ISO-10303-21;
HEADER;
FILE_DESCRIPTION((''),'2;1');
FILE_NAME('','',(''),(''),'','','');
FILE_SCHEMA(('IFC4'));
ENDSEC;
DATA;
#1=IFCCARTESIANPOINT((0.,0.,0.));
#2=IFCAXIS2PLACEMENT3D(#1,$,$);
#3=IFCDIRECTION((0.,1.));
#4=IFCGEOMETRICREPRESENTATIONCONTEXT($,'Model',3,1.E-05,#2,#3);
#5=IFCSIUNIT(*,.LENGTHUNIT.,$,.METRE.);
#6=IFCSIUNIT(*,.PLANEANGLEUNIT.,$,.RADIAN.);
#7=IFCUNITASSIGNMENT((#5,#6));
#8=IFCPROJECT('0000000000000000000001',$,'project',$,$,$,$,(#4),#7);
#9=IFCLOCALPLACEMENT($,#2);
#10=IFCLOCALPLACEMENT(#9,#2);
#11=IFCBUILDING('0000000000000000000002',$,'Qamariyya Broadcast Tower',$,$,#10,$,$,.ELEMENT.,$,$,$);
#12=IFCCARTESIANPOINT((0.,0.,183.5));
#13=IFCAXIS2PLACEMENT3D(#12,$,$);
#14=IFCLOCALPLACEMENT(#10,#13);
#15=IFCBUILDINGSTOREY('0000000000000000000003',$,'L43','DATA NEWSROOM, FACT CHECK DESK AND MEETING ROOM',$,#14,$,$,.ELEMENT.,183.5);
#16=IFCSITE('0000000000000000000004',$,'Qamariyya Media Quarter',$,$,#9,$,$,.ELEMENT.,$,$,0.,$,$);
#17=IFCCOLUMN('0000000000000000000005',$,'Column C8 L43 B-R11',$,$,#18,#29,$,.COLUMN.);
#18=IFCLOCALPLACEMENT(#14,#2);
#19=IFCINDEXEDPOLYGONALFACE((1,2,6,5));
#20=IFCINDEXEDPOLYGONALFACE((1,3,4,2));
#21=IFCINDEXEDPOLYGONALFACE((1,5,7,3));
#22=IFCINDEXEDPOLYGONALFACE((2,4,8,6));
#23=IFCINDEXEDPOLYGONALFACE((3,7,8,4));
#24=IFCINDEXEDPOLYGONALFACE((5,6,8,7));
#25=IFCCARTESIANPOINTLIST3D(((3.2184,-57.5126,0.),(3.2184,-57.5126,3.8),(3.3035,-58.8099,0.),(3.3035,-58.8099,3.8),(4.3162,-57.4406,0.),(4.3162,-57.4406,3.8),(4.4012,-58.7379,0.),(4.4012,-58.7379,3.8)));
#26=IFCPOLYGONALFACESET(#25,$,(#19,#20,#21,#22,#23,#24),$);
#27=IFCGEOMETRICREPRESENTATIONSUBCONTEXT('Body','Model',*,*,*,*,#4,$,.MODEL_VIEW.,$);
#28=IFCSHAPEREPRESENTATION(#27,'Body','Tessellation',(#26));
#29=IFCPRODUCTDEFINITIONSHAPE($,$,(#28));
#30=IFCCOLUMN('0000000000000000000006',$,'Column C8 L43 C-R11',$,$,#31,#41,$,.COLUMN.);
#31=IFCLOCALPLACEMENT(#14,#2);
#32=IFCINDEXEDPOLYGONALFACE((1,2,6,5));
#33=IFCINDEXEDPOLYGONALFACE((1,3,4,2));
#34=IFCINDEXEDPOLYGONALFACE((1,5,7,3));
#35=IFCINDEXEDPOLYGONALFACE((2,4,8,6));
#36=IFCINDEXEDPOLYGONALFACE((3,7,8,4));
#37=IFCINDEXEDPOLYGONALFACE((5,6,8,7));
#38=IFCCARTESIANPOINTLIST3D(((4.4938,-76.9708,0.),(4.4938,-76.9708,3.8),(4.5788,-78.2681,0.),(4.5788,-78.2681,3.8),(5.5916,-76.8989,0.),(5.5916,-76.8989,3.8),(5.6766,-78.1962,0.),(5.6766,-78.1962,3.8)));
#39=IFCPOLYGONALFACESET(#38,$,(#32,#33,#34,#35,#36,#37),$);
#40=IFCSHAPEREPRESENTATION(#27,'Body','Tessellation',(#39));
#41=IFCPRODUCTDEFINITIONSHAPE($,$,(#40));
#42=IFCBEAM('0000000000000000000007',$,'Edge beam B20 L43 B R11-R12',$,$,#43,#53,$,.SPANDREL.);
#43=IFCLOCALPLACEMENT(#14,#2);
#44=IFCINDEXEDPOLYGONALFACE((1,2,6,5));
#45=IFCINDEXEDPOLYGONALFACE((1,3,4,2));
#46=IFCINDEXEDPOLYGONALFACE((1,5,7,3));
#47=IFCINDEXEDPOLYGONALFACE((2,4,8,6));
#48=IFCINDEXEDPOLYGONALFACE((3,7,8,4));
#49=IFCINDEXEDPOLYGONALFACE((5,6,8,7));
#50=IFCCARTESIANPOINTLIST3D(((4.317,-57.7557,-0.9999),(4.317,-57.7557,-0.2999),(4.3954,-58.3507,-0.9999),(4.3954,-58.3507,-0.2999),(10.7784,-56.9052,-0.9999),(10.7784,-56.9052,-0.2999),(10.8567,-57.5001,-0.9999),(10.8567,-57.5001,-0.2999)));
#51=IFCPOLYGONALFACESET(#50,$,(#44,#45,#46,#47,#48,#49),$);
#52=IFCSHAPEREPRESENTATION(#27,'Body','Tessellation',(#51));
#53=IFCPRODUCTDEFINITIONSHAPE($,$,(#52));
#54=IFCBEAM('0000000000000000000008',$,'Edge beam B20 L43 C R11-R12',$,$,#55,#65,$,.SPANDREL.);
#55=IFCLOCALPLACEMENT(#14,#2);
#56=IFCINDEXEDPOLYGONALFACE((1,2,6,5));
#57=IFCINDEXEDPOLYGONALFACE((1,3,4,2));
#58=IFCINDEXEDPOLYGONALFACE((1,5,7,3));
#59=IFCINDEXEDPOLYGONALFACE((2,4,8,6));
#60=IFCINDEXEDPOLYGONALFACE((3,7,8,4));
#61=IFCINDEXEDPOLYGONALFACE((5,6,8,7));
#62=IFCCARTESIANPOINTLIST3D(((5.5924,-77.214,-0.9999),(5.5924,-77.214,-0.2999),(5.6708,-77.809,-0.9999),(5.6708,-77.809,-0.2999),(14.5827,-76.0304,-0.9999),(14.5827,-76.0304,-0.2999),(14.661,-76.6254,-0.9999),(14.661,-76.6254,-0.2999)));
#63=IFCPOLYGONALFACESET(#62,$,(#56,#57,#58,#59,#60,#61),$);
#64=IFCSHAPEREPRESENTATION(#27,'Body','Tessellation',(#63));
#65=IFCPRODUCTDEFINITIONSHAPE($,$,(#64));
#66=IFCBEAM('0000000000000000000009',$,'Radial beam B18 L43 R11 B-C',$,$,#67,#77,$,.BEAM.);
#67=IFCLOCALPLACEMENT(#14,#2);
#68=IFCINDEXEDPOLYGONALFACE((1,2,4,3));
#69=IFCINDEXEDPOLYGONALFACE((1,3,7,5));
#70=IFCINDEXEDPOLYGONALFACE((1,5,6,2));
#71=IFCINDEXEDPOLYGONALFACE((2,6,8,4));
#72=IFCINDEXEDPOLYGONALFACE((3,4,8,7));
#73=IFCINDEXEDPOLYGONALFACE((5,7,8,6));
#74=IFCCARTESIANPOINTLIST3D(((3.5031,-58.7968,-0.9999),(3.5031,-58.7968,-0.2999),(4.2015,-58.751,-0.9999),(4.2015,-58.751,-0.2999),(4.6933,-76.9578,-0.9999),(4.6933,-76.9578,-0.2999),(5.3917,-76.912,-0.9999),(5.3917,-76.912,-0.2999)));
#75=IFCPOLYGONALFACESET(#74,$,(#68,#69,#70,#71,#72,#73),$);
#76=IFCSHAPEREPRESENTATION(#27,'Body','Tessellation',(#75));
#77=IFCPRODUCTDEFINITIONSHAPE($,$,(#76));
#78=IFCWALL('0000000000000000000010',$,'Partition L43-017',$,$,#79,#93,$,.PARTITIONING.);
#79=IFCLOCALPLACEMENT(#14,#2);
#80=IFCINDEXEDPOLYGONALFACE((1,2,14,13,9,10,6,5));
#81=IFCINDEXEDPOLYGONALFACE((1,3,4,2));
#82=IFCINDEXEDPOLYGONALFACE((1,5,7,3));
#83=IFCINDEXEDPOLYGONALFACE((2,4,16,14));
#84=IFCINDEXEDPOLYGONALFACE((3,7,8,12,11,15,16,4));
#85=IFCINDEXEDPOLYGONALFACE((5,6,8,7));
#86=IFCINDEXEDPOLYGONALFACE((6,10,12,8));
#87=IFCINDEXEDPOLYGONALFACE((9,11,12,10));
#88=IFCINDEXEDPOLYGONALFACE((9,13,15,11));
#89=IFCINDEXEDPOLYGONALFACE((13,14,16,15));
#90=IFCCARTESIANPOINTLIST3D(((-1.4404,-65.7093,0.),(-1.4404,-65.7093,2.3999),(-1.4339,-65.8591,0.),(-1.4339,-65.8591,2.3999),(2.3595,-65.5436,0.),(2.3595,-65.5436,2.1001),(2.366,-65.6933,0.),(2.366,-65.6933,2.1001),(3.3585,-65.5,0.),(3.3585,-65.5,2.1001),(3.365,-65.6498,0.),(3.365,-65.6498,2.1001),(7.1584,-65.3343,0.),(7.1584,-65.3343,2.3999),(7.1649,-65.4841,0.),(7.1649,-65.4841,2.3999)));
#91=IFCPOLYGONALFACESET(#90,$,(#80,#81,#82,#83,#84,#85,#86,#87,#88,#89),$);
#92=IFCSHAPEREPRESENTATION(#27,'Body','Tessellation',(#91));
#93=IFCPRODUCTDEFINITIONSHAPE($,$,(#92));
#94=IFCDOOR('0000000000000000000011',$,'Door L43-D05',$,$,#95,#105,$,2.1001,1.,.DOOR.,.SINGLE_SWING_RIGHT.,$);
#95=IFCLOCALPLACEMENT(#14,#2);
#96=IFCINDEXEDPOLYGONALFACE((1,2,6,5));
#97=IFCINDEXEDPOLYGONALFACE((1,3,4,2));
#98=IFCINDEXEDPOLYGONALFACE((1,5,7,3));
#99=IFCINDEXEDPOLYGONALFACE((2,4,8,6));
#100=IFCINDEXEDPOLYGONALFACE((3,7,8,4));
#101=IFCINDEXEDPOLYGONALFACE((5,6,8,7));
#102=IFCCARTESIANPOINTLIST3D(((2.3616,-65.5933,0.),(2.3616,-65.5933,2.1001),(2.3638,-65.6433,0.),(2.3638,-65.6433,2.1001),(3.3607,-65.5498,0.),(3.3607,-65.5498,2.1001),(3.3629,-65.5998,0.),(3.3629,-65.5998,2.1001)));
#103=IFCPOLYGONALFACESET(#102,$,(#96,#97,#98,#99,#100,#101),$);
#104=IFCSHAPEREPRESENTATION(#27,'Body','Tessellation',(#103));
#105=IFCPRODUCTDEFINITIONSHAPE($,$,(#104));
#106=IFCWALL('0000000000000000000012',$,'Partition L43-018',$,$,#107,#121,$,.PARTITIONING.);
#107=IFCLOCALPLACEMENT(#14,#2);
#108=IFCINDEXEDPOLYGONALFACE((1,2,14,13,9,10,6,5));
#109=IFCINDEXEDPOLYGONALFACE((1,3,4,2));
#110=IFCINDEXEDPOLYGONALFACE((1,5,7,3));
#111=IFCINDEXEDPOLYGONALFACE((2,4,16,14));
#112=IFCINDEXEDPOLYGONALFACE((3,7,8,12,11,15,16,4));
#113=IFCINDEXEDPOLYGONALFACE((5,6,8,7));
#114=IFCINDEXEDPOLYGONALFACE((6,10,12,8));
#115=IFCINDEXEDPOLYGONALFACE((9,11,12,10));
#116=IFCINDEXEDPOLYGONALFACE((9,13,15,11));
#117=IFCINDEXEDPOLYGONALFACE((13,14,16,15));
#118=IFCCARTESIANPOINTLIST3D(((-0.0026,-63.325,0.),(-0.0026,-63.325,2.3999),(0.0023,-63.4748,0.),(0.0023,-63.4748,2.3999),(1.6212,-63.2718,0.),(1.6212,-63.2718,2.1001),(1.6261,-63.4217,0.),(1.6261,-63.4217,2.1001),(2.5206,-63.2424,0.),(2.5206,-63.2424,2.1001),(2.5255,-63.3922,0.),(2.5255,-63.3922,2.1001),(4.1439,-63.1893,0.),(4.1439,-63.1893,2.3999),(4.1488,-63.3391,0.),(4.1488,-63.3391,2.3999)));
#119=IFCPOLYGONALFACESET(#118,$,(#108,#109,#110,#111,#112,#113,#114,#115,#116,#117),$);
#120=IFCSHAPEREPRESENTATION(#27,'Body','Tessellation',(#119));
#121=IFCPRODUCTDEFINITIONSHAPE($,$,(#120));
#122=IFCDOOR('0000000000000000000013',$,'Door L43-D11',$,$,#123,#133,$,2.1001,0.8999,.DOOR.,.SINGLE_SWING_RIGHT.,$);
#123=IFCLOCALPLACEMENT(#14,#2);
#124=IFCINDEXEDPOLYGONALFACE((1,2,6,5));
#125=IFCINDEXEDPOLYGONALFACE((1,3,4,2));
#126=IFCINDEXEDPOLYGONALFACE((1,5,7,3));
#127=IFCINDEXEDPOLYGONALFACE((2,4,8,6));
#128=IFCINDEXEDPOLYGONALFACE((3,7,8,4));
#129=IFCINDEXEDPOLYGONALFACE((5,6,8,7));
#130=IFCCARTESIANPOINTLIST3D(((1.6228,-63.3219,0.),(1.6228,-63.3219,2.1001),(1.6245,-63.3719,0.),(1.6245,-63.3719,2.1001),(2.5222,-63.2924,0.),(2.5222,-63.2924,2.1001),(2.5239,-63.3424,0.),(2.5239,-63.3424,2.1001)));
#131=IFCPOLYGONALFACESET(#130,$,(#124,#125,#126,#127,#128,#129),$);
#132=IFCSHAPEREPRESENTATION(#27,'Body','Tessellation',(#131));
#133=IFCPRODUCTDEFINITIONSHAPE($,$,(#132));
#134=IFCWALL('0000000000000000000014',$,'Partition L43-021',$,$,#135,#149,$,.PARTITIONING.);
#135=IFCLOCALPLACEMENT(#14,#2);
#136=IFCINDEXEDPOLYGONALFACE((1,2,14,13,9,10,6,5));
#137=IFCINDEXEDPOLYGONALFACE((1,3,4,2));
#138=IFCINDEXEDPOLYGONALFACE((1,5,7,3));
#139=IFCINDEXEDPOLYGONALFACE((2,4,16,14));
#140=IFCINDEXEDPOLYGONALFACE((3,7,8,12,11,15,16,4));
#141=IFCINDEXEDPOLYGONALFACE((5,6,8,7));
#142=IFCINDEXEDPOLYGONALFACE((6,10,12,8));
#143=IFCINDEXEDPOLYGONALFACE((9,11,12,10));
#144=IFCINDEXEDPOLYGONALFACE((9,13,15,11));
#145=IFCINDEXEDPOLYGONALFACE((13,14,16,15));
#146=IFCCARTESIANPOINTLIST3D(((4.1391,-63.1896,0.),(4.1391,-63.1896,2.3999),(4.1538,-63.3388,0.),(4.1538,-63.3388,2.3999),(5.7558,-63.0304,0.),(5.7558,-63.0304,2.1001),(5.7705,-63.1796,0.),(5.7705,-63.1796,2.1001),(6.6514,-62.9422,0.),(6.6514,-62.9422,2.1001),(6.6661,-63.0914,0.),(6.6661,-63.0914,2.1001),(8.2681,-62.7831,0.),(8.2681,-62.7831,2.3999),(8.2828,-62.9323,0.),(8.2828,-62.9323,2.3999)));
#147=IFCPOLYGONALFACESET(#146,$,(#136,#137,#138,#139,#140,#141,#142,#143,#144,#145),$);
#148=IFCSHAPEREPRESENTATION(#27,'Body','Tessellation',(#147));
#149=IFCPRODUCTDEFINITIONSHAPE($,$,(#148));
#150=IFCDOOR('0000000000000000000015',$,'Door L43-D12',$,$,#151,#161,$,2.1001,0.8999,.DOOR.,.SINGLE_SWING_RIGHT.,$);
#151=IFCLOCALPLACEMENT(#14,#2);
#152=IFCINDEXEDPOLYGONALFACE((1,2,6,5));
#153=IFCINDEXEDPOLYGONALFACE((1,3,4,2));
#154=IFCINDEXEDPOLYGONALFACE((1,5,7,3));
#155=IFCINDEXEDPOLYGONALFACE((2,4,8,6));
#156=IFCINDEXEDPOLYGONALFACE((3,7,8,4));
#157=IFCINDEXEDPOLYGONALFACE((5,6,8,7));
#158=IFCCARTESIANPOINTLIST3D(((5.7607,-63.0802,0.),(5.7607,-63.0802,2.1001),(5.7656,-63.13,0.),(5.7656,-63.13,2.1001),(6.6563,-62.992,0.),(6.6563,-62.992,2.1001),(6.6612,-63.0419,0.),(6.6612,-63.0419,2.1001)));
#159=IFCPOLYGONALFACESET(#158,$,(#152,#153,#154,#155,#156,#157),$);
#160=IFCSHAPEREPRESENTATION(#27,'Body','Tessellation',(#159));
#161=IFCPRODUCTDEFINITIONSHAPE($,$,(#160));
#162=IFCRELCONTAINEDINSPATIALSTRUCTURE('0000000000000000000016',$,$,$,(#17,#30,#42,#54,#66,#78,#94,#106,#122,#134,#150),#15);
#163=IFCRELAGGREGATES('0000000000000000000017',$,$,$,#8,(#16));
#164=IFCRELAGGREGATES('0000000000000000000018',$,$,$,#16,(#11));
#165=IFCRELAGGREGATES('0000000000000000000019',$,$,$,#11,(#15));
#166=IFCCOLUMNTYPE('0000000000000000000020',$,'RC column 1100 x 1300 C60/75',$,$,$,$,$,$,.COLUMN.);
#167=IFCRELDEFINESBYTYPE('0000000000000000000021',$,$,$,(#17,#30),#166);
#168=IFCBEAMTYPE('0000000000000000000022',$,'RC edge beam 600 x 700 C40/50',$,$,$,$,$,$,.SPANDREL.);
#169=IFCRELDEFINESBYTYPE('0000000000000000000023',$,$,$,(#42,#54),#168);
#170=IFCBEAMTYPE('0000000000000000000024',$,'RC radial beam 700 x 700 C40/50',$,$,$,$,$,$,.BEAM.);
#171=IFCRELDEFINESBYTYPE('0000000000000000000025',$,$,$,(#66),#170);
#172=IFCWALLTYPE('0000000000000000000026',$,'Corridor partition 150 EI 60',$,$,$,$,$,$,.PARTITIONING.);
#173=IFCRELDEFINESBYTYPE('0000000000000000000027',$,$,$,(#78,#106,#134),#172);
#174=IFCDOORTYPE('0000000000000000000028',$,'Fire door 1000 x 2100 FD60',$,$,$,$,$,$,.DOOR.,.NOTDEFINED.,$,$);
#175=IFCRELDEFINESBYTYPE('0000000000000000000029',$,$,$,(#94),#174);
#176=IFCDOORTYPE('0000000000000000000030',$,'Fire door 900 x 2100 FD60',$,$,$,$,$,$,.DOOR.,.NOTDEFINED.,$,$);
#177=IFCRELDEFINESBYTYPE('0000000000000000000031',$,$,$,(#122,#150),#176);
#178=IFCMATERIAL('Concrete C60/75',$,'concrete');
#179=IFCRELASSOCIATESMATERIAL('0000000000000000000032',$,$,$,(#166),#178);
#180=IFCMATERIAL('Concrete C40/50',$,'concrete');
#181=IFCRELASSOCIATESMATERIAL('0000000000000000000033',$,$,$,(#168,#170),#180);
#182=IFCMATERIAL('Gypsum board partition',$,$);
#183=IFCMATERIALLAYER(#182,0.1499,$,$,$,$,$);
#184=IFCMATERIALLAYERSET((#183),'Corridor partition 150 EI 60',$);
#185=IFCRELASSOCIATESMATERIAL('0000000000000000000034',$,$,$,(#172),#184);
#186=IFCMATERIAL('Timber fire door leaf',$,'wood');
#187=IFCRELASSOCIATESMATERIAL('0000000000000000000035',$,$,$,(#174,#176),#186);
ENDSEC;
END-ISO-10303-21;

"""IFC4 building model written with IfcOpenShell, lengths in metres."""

from ifc_helpers import new_model, si_unit, direction, frame, frame_2d, origin, origin_2d, place, context, subcontext, project, spatial, rectangle, extrude, material, layer, layer_set, material_profile, profile_set, type_object, element, fill, save


model = new_model("IFC4")

# Units and contexts
model_context = context("Model", 3, precision=1e-05, world=origin(), true_north=direction((0.0, 1.0)))
body_context = subcontext(model_context, "Body", "Model", "MODEL_VIEW")
ifc_project = project(units=[si_unit("LENGTHUNIT", "METRE"), si_unit("PLANEANGLEUNIT", "RADIAN")], contexts=[model_context])

# Site, building, storey
site_placement = place(None, origin())
site = spatial("IfcSite", under=ifc_project, at=site_placement, Name="Qamariyya Media Quarter", CompositionType="ELEMENT", RefElevation=0.0)
building_placement = place(site_placement, origin())
building = spatial("IfcBuilding", under=site, at=building_placement, Name="Qamariyya Broadcast Tower", CompositionType="ELEMENT")
storey_placement = place(building_placement, frame((0.0, 0.0, 183.5)))
storey = spatial("IfcBuildingStorey", under=building, at=storey_placement, Name="L43", Description="DATA NEWSROOM, FACT CHECK DESK AND MEETING ROOM", CompositionType="ELEMENT", Elevation=183.5)

# Columns
ifc_material_1 = material(Name="Concrete C60/75", Category="concrete")
ifc_material_profile_1 = material_profile(ifc_material_1, rectangle(XDim=1.1001, YDim=1.3, at=origin_2d()))
ifc_profile_set_1 = profile_set([ifc_material_profile_1], Name="Concrete C60/75")
column_type = type_object("IfcColumnType", Name="RC column 1100 x 1300 C60/75", PredefinedType="COLUMN", material=ifc_profile_set_1)
for number, where, z_axis, x_axis, name in (
    (1, (3.8098, -58.1252, 0.0), (0.0, 0.0, 1.0), (0.997859, 0.065403, 0.0), "Column C8 L43 B-R11"),
    (2, (5.0852, -77.5835, 0.0), (0.0, 0.0, 1.0), (0.997859, 0.065403, 0.0), "Column C8 L43 C-R11"),
):
    element("IfcColumn", number, at=place(storey_placement, frame(where, z_axis=z_axis, x_axis=x_axis)), inside=storey, type_object=column_type, Name=name, PredefinedType="COLUMN", context=body_context, shape_type="SweptSolid", body=[
        extrude(rectangle(XDim=1.1001, YDim=1.3, at=origin_2d()), origin(), (0.0, 0.0, 1.0), 3.8),
    ])

# Beams
ifc_material_2 = material(Name="Concrete C40/50", Category="concrete")
ifc_material_profile_2 = material_profile(ifc_material_2, rectangle(XDim=0.6001, YDim=0.7, at=origin_2d()))
ifc_profile_set_2 = profile_set([ifc_material_profile_2], Name="Concrete C40/50")
beam_type_1 = type_object("IfcBeamType", Name="RC edge beam 600 x 700 C40/50", PredefinedType="SPANDREL", material=ifc_profile_set_2)
beam_1_placement = place(storey_placement, frame((4.3562, -58.0532, -0.6499), z_axis=(0.991446, 0.130515, 0.0), x_axis=(-0.130515, 0.991446, 0.0)))
element("IfcBeam", 3, at=beam_1_placement, inside=storey, type_object=beam_type_1, Name="Edge beam B20 L43 B R11-R12", PredefinedType="SPANDREL", context=body_context, shape_type="SweptSolid", body=[
    extrude(rectangle(XDim=0.6001, YDim=0.7, at=origin_2d()), origin(), (0.0, 0.0, 1.0), 6.5171),
])
beam_2_placement = place(storey_placement, frame((5.6316, -77.5115, -0.6499), z_axis=(0.991445, 0.130527, 0.0), x_axis=(-0.130527, 0.991445, 0.0)))
element("IfcBeam", 4, at=beam_2_placement, inside=storey, type_object=beam_type_1, Name="Edge beam B20 L43 C R11-R12", PredefinedType="SPANDREL", context=body_context, shape_type="SweptSolid", body=[
    extrude(rectangle(XDim=0.6001, YDim=0.7, at=origin_2d()), origin(), (0.0, 0.0, 1.0), 9.0679),
])
ifc_material_profile_3 = material_profile(ifc_material_2, rectangle(XDim=0.7, YDim=0.7, at=origin_2d()))
ifc_profile_set_3 = profile_set([ifc_material_profile_3], Name="Concrete C40/50")
beam_type_2 = type_object("IfcBeamType", Name="RC radial beam 700 x 700 C40/50", PredefinedType="BEAM", material=ifc_profile_set_3)
beam_3_placement = place(storey_placement, frame((3.8523, -58.7739, -0.6499), z_axis=(0.065395, -0.997859, 0.0), x_axis=(0.997859, 0.065395, 0.0)))
element("IfcBeam", 5, at=beam_3_placement, inside=storey, type_object=beam_type_2, Name="Radial beam B18 L43 R11 B-C", PredefinedType="BEAM", context=body_context, shape_type="SweptSolid", body=[
    extrude(rectangle(XDim=0.7, YDim=0.7, at=origin_2d()), origin(), (0.0, 0.0, 1.0), 18.2),
])

# Walls, openings, doors
ifc_material_3 = material(Name="Gypsum board partition")
ifc_layer_1 = layer(ifc_material_3, 0.1499)
ifc_layer_set_1 = layer_set([ifc_layer_1], Name="Corridor partition 150 EI 60")
wall_type_1 = type_object("IfcWallType", Name="Corridor partition 150 EI 60", PredefinedType="PARTITIONING", material=ifc_layer_set_1)
wall_1_placement = place(storey_placement, frame((7.1616, -65.4092, 0.0), z_axis=(0.0, 0.0, 1.0), x_axis=(-0.99905, -0.043569, 0.0)))
wall_1 = element("IfcWall", 6, at=wall_1_placement, inside=storey, type_object=wall_type_1, Name="Partition L43-017", PredefinedType="PARTITIONING", context=body_context, shape_type="SweptSolid", body=[
    extrude(rectangle(XDim=8.6069, YDim=0.1499, at=frame_2d((4.3035, 0.0))), origin(), (0.0, 0.0, 1.0), 2.3999),
])
opening_1_placement = place(wall_1_placement, frame((3.8035, 0.0, 0.0)))
opening_1 = element("IfcOpeningElement", 7, at=opening_1_placement, cuts=wall_1, PredefinedType="OPENING", context=body_context, shape_type="SweptSolid", body=[
    extrude(rectangle(XDim=1.0, YDim=2.1001, at=frame_2d((0.5, 1.05))), frame((0.0, 0.085, 0.0), z_axis=(0.0, -1.0, 0.0), x_axis=(1.0, 0.0, 0.0)), (0.0, 0.0, 1.0), 0.1699),
])
ifc_material_4 = material(Name="Timber fire door leaf", Category="wood")
door_type_1 = type_object("IfcDoorType", Name="Fire door 1000 x 2100 FD60", OperationType="NOTDEFINED", PredefinedType="DOOR", material=ifc_material_4)
door_1_placement = place(opening_1_placement, origin())
door_1 = element("IfcDoor", 8, at=door_1_placement, inside=storey, type_object=door_type_1, Name="Door L43-D05", OperationType="SINGLE_SWING_RIGHT", OverallHeight=2.1001, OverallWidth=1.0, PredefinedType="DOOR", context=body_context, shape_type="SweptSolid", body=[
    extrude(rectangle(XDim=1.0, YDim=2.1001, at=frame_2d((0.5, 1.05))), frame((0.0, 0.0249, 0.0), z_axis=(0.0, -1.0, 0.0), x_axis=(1.0, 0.0, 0.0)), (0.0, 0.0, 1.0), 0.05),
])
fill(opening_1, door_1)
wall_2_placement = place(storey_placement, frame((0.0, -63.3999, 0.0), z_axis=(0.0, 0.0, 1.0), x_axis=(0.999465, 0.032719, 0.0)))
wall_2 = element("IfcWall", 9, at=wall_2_placement, inside=storey, type_object=wall_type_1, Name="Partition L43-018", PredefinedType="PARTITIONING", context=body_context, shape_type="SweptSolid", body=[
    extrude(rectangle(XDim=4.1487, YDim=0.1499, at=frame_2d((2.0742, 0.0))), origin(), (0.0, 0.0, 1.0), 2.3999),
])
opening_2_placement = place(wall_2_placement, frame((1.6245, 0.0, 0.0)))
opening_2 = element("IfcOpeningElement", 10, at=opening_2_placement, cuts=wall_2, PredefinedType="OPENING", context=body_context, shape_type="SweptSolid", body=[
    extrude(rectangle(XDim=0.8999, YDim=2.1001, at=frame_2d((0.45, 1.05))), frame((0.0, 0.085, 0.0), z_axis=(0.0, -1.0, 0.0), x_axis=(1.0, 0.0, 0.0)), (0.0, 0.0, 1.0), 0.1699),
])
door_type_2 = type_object("IfcDoorType", Name="Fire door 900 x 2100 FD60", OperationType="NOTDEFINED", PredefinedType="DOOR", material=ifc_material_4)
door_2_placement = place(opening_2_placement, origin())
door_2 = element("IfcDoor", 11, at=door_2_placement, inside=storey, type_object=door_type_2, Name="Door L43-D11", OperationType="SINGLE_SWING_RIGHT", OverallHeight=2.1001, OverallWidth=0.8999, PredefinedType="DOOR", context=body_context, shape_type="SweptSolid", body=[
    extrude(rectangle(XDim=0.8999, YDim=2.1001, at=frame_2d((0.45, 1.05))), frame((0.0, 0.0249, 0.0), z_axis=(0.0, -1.0, 0.0), x_axis=(1.0, 0.0, 0.0)), (0.0, 0.0, 1.0), 0.05),
])
fill(opening_2, door_2)
wall_3_placement = place(storey_placement, frame((4.1465, -63.2642, 0.0), z_axis=(0.0, 0.0, 1.0), x_axis=(0.995189, 0.097977, 0.0)))
wall_3 = element("IfcWall", 12, at=wall_3_placement, inside=storey, type_object=wall_type_1, Name="Partition L43-021", PredefinedType="PARTITIONING", context=body_context, shape_type="SweptSolid", body=[
    extrude(rectangle(XDim=4.1489, YDim=0.1499, at=frame_2d((2.0745, 0.0))), origin(), (0.0, 0.0, 1.0), 2.3999),
])
opening_3_placement = place(wall_3_placement, frame((1.6245, 0.0, 0.0)))
opening_3 = element("IfcOpeningElement", 13, at=opening_3_placement, cuts=wall_3, PredefinedType="OPENING", context=body_context, shape_type="SweptSolid", body=[
    extrude(rectangle(XDim=0.8999, YDim=2.1001, at=frame_2d((0.45, 1.05))), frame((0.0, 0.085, 0.0), z_axis=(0.0, -1.0, 0.0), x_axis=(1.0, 0.0, 0.0)), (0.0, 0.0, 1.0), 0.1699),
])
door_3_placement = place(opening_3_placement, origin())
door_3 = element("IfcDoor", 14, at=door_3_placement, inside=storey, type_object=door_type_2, Name="Door L43-D12", OperationType="SINGLE_SWING_RIGHT", OverallHeight=2.1001, OverallWidth=0.8999, PredefinedType="DOOR", context=body_context, shape_type="SweptSolid", body=[
    extrude(rectangle(XDim=0.8999, YDim=2.1001, at=frame_2d((0.45, 1.05))), frame((0.0, 0.0249, 0.0), z_axis=(0.0, -1.0, 0.0), x_axis=(1.0, 0.0, 0.0)), (0.0, 0.0, 1.0), 0.05),
])
fill(opening_3, door_3)

save(model, "model.ifc")
